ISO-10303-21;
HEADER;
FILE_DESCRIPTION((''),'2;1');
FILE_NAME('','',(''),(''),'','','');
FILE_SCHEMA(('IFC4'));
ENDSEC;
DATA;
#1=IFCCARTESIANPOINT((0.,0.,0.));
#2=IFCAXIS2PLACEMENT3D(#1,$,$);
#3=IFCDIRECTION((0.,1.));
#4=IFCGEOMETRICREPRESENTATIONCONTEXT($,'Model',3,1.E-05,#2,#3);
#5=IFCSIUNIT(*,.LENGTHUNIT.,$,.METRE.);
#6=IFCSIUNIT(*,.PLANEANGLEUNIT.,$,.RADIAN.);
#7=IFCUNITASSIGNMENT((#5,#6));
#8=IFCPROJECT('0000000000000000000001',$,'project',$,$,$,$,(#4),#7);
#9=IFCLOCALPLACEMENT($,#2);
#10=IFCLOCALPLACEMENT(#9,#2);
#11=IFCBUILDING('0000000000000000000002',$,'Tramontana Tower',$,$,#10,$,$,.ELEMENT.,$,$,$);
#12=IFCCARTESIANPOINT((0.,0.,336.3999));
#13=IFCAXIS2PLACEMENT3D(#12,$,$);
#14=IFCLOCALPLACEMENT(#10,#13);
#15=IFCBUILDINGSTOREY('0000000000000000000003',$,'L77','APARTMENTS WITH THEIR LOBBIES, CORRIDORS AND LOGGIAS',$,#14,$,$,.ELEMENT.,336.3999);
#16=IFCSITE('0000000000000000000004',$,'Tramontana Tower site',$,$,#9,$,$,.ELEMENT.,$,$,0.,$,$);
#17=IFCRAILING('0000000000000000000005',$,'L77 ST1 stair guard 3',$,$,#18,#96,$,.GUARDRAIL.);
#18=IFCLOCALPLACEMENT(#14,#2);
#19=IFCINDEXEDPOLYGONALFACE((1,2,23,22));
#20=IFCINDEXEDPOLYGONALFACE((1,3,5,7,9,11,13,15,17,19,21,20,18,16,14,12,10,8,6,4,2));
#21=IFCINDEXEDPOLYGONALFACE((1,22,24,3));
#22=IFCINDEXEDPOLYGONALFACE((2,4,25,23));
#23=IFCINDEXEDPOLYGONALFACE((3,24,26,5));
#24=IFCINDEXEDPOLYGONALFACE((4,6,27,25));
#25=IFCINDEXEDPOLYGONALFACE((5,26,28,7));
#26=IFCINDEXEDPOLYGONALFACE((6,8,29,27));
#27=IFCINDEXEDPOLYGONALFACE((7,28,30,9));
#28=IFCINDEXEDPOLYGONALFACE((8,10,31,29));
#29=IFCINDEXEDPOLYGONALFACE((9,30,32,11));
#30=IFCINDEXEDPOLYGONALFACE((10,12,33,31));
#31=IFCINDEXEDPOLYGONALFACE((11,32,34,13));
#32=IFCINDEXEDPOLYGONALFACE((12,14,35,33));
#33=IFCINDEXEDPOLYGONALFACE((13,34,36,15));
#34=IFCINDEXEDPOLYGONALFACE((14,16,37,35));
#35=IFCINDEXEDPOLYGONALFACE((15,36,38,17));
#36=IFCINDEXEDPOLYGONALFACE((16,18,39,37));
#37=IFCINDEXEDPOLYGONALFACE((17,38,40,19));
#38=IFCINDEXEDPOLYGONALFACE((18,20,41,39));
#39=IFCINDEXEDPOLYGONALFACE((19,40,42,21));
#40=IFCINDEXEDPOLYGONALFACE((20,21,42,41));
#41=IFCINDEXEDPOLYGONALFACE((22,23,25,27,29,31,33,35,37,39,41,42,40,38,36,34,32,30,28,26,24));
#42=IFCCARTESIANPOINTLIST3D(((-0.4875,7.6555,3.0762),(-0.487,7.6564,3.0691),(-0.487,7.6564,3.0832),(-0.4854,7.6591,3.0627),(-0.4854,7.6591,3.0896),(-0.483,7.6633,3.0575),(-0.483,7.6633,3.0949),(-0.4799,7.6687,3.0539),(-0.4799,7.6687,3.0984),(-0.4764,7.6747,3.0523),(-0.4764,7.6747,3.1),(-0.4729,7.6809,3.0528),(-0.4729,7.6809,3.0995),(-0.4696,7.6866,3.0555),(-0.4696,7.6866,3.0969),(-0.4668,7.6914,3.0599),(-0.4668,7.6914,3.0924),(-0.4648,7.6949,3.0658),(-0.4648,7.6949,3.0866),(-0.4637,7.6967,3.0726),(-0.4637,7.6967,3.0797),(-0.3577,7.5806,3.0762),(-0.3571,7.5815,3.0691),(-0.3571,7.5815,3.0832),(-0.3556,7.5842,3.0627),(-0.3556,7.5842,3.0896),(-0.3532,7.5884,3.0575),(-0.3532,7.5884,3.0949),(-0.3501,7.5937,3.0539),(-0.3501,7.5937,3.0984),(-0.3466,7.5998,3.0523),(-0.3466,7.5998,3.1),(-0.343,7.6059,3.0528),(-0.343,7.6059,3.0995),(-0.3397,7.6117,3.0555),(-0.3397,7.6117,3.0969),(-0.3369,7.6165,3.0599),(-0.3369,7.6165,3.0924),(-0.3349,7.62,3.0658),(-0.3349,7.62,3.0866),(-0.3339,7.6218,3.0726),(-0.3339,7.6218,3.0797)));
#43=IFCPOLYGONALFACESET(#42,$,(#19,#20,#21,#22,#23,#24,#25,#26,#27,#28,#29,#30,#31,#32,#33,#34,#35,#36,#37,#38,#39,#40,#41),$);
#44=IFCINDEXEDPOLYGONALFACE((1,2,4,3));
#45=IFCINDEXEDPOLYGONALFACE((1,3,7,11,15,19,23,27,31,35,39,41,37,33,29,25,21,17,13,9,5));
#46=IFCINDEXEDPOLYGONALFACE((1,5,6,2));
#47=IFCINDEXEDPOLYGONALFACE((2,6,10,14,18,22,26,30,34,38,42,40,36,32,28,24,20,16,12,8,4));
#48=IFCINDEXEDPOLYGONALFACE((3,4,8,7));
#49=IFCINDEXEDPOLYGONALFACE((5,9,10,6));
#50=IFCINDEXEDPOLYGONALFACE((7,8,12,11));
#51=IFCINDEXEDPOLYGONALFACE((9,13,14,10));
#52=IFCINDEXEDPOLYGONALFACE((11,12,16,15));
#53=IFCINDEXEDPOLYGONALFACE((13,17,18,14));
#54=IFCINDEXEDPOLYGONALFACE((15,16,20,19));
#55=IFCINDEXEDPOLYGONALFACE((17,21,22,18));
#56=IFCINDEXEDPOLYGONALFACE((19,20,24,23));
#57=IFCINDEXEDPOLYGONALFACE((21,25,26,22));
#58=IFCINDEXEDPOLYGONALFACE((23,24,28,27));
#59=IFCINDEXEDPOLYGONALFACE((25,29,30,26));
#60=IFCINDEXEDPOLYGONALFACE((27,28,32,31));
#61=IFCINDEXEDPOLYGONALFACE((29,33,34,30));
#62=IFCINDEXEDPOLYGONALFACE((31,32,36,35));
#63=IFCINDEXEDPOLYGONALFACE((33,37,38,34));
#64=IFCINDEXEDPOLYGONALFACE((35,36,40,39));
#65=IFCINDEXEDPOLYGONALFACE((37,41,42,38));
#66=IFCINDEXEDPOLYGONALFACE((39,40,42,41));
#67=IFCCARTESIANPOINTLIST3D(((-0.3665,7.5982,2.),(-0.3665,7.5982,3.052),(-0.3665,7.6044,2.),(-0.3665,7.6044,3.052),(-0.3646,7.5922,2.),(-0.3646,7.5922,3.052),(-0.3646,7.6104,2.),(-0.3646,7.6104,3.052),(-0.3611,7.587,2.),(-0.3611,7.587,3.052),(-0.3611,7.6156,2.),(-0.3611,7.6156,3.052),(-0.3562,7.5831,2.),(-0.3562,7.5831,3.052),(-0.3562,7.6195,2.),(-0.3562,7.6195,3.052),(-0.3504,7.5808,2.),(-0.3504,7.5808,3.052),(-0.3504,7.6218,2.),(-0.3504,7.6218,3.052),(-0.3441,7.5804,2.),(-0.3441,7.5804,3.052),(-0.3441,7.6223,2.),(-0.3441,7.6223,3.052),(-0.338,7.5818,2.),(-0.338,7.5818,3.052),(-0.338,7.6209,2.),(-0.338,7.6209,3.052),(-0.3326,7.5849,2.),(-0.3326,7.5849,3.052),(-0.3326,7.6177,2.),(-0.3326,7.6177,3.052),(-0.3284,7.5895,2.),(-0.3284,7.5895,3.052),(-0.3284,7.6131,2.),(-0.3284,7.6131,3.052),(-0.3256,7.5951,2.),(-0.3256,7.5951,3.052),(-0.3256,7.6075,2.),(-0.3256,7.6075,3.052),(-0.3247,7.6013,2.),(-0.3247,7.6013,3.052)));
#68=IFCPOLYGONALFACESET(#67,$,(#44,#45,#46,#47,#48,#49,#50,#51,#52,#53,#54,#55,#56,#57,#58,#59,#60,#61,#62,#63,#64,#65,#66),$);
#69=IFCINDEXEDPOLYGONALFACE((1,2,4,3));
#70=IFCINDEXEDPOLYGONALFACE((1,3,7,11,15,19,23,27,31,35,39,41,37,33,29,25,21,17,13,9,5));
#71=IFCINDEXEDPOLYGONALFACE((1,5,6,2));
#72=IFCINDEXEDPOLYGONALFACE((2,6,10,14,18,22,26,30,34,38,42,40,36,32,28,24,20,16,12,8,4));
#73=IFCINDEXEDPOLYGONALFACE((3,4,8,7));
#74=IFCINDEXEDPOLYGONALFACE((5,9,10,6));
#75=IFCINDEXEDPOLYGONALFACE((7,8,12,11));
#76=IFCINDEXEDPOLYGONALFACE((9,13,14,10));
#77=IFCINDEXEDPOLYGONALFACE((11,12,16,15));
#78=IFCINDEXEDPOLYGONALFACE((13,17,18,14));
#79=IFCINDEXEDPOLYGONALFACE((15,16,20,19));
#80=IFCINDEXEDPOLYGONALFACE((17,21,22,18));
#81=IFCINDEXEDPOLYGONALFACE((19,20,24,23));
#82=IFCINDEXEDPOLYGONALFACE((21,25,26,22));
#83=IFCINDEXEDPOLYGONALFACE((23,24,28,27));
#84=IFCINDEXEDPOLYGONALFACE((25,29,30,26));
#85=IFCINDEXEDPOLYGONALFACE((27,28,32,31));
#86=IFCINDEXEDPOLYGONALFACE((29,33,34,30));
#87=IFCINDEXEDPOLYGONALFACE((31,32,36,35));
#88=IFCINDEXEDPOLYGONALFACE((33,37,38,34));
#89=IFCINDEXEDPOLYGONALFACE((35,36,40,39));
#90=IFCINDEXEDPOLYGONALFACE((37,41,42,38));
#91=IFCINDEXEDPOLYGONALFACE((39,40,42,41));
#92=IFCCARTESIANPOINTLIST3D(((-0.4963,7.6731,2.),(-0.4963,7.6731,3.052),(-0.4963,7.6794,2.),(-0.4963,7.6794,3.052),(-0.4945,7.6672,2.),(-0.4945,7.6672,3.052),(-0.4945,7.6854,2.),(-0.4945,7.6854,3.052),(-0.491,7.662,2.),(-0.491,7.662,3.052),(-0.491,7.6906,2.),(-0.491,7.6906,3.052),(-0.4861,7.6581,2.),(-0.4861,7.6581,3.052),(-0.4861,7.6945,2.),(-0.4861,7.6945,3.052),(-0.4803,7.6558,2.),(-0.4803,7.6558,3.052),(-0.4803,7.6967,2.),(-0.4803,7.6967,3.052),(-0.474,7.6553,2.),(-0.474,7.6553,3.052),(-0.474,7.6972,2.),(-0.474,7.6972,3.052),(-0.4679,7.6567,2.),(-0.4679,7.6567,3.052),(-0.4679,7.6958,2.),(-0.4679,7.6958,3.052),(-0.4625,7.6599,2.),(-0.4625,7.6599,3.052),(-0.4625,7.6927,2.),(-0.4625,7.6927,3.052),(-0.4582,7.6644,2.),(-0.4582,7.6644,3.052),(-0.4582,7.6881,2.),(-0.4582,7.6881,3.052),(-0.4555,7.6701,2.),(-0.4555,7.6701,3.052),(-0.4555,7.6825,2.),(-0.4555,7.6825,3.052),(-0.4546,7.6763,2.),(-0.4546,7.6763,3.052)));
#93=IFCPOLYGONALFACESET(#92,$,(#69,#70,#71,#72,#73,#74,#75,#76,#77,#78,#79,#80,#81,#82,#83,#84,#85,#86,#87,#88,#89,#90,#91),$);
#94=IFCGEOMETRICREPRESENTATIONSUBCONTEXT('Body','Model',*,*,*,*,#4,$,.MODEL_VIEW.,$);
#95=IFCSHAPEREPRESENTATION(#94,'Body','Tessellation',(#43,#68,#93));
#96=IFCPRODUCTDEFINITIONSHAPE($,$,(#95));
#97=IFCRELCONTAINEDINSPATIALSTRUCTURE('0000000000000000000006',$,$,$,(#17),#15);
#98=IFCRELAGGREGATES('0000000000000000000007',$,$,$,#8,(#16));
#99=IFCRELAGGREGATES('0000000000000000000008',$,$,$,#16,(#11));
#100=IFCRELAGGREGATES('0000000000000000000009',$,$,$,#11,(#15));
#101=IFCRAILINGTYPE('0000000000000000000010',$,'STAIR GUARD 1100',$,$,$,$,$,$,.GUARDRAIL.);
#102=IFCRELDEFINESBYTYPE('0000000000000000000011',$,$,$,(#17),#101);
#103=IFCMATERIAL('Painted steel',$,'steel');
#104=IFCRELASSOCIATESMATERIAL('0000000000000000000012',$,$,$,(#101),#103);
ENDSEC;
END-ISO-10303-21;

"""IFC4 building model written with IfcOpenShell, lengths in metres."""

from ifc_helpers import new_model, si_unit, direction, frame, origin, origin_2d, place, context, subcontext, project, spatial, circle, extrude, material, type_object, element, save


model = new_model("IFC4")

# Units and contexts
model_context = context("Model", 3, precision=1e-05, world=origin(), true_north=direction((0.0, 1.0)))
body_context = subcontext(model_context, "Body", "Model", "MODEL_VIEW")
ifc_project = project(units=[si_unit("LENGTHUNIT", "METRE"), si_unit("PLANEANGLEUNIT", "RADIAN")], contexts=[model_context])

# Site, building, storey
site_placement = place(None, origin())
site = spatial("IfcSite", under=ifc_project, at=site_placement, Name="Tramontana Tower site", CompositionType="ELEMENT", RefElevation=0.0)
building_placement = place(site_placement, origin())
building = spatial("IfcBuilding", under=site, at=building_placement, Name="Tramontana Tower", CompositionType="ELEMENT")
storey_placement = place(building_placement, frame((0.0, 0.0, 336.3999)))
storey = spatial("IfcBuildingStorey", under=building, at=storey_placement, Name="L77", Description="APARTMENTS WITH THEIR LOBBIES, CORRIDORS AND LOGGIAS", CompositionType="ELEMENT", Elevation=336.3999)

# Railing
ifc_material_1 = material(Name="Painted steel", Category="steel")
railing_type_1 = type_object("IfcRailingType", Name="STAIR GUARD 1100", PredefinedType="GUARDRAIL", material=ifc_material_1)
railing_1_placement = place(storey_placement, frame((-0.3457, 7.6013, 2.0)))
element("IfcRailing", 1, at=railing_1_placement, inside=storey, type_object=railing_type_1, Name="L77 ST1 stair guard 3", PredefinedType="GUARDRAIL", context=body_context, shape_type="SweptSolid", body=[
    extrude(circle(Radius=0.0239, at=origin_2d()), frame((0.0, 0.0, 1.0762), z_axis=(-0.866131, 0.499816, 0.0), x_axis=(-0.499816, -0.866131, 0.0)), (0.0, 0.0, 1.0), 0.1499),
    extrude(circle(Radius=0.021, at=origin_2d()), origin(), (0.0, 0.0, 1.0), 1.052),
    extrude(circle(Radius=0.021, at=origin_2d()), frame((-0.1299, 0.075, 0.0)), (0.0, 0.0, 1.0), 1.052),
])

save(model, "model.ifc")
